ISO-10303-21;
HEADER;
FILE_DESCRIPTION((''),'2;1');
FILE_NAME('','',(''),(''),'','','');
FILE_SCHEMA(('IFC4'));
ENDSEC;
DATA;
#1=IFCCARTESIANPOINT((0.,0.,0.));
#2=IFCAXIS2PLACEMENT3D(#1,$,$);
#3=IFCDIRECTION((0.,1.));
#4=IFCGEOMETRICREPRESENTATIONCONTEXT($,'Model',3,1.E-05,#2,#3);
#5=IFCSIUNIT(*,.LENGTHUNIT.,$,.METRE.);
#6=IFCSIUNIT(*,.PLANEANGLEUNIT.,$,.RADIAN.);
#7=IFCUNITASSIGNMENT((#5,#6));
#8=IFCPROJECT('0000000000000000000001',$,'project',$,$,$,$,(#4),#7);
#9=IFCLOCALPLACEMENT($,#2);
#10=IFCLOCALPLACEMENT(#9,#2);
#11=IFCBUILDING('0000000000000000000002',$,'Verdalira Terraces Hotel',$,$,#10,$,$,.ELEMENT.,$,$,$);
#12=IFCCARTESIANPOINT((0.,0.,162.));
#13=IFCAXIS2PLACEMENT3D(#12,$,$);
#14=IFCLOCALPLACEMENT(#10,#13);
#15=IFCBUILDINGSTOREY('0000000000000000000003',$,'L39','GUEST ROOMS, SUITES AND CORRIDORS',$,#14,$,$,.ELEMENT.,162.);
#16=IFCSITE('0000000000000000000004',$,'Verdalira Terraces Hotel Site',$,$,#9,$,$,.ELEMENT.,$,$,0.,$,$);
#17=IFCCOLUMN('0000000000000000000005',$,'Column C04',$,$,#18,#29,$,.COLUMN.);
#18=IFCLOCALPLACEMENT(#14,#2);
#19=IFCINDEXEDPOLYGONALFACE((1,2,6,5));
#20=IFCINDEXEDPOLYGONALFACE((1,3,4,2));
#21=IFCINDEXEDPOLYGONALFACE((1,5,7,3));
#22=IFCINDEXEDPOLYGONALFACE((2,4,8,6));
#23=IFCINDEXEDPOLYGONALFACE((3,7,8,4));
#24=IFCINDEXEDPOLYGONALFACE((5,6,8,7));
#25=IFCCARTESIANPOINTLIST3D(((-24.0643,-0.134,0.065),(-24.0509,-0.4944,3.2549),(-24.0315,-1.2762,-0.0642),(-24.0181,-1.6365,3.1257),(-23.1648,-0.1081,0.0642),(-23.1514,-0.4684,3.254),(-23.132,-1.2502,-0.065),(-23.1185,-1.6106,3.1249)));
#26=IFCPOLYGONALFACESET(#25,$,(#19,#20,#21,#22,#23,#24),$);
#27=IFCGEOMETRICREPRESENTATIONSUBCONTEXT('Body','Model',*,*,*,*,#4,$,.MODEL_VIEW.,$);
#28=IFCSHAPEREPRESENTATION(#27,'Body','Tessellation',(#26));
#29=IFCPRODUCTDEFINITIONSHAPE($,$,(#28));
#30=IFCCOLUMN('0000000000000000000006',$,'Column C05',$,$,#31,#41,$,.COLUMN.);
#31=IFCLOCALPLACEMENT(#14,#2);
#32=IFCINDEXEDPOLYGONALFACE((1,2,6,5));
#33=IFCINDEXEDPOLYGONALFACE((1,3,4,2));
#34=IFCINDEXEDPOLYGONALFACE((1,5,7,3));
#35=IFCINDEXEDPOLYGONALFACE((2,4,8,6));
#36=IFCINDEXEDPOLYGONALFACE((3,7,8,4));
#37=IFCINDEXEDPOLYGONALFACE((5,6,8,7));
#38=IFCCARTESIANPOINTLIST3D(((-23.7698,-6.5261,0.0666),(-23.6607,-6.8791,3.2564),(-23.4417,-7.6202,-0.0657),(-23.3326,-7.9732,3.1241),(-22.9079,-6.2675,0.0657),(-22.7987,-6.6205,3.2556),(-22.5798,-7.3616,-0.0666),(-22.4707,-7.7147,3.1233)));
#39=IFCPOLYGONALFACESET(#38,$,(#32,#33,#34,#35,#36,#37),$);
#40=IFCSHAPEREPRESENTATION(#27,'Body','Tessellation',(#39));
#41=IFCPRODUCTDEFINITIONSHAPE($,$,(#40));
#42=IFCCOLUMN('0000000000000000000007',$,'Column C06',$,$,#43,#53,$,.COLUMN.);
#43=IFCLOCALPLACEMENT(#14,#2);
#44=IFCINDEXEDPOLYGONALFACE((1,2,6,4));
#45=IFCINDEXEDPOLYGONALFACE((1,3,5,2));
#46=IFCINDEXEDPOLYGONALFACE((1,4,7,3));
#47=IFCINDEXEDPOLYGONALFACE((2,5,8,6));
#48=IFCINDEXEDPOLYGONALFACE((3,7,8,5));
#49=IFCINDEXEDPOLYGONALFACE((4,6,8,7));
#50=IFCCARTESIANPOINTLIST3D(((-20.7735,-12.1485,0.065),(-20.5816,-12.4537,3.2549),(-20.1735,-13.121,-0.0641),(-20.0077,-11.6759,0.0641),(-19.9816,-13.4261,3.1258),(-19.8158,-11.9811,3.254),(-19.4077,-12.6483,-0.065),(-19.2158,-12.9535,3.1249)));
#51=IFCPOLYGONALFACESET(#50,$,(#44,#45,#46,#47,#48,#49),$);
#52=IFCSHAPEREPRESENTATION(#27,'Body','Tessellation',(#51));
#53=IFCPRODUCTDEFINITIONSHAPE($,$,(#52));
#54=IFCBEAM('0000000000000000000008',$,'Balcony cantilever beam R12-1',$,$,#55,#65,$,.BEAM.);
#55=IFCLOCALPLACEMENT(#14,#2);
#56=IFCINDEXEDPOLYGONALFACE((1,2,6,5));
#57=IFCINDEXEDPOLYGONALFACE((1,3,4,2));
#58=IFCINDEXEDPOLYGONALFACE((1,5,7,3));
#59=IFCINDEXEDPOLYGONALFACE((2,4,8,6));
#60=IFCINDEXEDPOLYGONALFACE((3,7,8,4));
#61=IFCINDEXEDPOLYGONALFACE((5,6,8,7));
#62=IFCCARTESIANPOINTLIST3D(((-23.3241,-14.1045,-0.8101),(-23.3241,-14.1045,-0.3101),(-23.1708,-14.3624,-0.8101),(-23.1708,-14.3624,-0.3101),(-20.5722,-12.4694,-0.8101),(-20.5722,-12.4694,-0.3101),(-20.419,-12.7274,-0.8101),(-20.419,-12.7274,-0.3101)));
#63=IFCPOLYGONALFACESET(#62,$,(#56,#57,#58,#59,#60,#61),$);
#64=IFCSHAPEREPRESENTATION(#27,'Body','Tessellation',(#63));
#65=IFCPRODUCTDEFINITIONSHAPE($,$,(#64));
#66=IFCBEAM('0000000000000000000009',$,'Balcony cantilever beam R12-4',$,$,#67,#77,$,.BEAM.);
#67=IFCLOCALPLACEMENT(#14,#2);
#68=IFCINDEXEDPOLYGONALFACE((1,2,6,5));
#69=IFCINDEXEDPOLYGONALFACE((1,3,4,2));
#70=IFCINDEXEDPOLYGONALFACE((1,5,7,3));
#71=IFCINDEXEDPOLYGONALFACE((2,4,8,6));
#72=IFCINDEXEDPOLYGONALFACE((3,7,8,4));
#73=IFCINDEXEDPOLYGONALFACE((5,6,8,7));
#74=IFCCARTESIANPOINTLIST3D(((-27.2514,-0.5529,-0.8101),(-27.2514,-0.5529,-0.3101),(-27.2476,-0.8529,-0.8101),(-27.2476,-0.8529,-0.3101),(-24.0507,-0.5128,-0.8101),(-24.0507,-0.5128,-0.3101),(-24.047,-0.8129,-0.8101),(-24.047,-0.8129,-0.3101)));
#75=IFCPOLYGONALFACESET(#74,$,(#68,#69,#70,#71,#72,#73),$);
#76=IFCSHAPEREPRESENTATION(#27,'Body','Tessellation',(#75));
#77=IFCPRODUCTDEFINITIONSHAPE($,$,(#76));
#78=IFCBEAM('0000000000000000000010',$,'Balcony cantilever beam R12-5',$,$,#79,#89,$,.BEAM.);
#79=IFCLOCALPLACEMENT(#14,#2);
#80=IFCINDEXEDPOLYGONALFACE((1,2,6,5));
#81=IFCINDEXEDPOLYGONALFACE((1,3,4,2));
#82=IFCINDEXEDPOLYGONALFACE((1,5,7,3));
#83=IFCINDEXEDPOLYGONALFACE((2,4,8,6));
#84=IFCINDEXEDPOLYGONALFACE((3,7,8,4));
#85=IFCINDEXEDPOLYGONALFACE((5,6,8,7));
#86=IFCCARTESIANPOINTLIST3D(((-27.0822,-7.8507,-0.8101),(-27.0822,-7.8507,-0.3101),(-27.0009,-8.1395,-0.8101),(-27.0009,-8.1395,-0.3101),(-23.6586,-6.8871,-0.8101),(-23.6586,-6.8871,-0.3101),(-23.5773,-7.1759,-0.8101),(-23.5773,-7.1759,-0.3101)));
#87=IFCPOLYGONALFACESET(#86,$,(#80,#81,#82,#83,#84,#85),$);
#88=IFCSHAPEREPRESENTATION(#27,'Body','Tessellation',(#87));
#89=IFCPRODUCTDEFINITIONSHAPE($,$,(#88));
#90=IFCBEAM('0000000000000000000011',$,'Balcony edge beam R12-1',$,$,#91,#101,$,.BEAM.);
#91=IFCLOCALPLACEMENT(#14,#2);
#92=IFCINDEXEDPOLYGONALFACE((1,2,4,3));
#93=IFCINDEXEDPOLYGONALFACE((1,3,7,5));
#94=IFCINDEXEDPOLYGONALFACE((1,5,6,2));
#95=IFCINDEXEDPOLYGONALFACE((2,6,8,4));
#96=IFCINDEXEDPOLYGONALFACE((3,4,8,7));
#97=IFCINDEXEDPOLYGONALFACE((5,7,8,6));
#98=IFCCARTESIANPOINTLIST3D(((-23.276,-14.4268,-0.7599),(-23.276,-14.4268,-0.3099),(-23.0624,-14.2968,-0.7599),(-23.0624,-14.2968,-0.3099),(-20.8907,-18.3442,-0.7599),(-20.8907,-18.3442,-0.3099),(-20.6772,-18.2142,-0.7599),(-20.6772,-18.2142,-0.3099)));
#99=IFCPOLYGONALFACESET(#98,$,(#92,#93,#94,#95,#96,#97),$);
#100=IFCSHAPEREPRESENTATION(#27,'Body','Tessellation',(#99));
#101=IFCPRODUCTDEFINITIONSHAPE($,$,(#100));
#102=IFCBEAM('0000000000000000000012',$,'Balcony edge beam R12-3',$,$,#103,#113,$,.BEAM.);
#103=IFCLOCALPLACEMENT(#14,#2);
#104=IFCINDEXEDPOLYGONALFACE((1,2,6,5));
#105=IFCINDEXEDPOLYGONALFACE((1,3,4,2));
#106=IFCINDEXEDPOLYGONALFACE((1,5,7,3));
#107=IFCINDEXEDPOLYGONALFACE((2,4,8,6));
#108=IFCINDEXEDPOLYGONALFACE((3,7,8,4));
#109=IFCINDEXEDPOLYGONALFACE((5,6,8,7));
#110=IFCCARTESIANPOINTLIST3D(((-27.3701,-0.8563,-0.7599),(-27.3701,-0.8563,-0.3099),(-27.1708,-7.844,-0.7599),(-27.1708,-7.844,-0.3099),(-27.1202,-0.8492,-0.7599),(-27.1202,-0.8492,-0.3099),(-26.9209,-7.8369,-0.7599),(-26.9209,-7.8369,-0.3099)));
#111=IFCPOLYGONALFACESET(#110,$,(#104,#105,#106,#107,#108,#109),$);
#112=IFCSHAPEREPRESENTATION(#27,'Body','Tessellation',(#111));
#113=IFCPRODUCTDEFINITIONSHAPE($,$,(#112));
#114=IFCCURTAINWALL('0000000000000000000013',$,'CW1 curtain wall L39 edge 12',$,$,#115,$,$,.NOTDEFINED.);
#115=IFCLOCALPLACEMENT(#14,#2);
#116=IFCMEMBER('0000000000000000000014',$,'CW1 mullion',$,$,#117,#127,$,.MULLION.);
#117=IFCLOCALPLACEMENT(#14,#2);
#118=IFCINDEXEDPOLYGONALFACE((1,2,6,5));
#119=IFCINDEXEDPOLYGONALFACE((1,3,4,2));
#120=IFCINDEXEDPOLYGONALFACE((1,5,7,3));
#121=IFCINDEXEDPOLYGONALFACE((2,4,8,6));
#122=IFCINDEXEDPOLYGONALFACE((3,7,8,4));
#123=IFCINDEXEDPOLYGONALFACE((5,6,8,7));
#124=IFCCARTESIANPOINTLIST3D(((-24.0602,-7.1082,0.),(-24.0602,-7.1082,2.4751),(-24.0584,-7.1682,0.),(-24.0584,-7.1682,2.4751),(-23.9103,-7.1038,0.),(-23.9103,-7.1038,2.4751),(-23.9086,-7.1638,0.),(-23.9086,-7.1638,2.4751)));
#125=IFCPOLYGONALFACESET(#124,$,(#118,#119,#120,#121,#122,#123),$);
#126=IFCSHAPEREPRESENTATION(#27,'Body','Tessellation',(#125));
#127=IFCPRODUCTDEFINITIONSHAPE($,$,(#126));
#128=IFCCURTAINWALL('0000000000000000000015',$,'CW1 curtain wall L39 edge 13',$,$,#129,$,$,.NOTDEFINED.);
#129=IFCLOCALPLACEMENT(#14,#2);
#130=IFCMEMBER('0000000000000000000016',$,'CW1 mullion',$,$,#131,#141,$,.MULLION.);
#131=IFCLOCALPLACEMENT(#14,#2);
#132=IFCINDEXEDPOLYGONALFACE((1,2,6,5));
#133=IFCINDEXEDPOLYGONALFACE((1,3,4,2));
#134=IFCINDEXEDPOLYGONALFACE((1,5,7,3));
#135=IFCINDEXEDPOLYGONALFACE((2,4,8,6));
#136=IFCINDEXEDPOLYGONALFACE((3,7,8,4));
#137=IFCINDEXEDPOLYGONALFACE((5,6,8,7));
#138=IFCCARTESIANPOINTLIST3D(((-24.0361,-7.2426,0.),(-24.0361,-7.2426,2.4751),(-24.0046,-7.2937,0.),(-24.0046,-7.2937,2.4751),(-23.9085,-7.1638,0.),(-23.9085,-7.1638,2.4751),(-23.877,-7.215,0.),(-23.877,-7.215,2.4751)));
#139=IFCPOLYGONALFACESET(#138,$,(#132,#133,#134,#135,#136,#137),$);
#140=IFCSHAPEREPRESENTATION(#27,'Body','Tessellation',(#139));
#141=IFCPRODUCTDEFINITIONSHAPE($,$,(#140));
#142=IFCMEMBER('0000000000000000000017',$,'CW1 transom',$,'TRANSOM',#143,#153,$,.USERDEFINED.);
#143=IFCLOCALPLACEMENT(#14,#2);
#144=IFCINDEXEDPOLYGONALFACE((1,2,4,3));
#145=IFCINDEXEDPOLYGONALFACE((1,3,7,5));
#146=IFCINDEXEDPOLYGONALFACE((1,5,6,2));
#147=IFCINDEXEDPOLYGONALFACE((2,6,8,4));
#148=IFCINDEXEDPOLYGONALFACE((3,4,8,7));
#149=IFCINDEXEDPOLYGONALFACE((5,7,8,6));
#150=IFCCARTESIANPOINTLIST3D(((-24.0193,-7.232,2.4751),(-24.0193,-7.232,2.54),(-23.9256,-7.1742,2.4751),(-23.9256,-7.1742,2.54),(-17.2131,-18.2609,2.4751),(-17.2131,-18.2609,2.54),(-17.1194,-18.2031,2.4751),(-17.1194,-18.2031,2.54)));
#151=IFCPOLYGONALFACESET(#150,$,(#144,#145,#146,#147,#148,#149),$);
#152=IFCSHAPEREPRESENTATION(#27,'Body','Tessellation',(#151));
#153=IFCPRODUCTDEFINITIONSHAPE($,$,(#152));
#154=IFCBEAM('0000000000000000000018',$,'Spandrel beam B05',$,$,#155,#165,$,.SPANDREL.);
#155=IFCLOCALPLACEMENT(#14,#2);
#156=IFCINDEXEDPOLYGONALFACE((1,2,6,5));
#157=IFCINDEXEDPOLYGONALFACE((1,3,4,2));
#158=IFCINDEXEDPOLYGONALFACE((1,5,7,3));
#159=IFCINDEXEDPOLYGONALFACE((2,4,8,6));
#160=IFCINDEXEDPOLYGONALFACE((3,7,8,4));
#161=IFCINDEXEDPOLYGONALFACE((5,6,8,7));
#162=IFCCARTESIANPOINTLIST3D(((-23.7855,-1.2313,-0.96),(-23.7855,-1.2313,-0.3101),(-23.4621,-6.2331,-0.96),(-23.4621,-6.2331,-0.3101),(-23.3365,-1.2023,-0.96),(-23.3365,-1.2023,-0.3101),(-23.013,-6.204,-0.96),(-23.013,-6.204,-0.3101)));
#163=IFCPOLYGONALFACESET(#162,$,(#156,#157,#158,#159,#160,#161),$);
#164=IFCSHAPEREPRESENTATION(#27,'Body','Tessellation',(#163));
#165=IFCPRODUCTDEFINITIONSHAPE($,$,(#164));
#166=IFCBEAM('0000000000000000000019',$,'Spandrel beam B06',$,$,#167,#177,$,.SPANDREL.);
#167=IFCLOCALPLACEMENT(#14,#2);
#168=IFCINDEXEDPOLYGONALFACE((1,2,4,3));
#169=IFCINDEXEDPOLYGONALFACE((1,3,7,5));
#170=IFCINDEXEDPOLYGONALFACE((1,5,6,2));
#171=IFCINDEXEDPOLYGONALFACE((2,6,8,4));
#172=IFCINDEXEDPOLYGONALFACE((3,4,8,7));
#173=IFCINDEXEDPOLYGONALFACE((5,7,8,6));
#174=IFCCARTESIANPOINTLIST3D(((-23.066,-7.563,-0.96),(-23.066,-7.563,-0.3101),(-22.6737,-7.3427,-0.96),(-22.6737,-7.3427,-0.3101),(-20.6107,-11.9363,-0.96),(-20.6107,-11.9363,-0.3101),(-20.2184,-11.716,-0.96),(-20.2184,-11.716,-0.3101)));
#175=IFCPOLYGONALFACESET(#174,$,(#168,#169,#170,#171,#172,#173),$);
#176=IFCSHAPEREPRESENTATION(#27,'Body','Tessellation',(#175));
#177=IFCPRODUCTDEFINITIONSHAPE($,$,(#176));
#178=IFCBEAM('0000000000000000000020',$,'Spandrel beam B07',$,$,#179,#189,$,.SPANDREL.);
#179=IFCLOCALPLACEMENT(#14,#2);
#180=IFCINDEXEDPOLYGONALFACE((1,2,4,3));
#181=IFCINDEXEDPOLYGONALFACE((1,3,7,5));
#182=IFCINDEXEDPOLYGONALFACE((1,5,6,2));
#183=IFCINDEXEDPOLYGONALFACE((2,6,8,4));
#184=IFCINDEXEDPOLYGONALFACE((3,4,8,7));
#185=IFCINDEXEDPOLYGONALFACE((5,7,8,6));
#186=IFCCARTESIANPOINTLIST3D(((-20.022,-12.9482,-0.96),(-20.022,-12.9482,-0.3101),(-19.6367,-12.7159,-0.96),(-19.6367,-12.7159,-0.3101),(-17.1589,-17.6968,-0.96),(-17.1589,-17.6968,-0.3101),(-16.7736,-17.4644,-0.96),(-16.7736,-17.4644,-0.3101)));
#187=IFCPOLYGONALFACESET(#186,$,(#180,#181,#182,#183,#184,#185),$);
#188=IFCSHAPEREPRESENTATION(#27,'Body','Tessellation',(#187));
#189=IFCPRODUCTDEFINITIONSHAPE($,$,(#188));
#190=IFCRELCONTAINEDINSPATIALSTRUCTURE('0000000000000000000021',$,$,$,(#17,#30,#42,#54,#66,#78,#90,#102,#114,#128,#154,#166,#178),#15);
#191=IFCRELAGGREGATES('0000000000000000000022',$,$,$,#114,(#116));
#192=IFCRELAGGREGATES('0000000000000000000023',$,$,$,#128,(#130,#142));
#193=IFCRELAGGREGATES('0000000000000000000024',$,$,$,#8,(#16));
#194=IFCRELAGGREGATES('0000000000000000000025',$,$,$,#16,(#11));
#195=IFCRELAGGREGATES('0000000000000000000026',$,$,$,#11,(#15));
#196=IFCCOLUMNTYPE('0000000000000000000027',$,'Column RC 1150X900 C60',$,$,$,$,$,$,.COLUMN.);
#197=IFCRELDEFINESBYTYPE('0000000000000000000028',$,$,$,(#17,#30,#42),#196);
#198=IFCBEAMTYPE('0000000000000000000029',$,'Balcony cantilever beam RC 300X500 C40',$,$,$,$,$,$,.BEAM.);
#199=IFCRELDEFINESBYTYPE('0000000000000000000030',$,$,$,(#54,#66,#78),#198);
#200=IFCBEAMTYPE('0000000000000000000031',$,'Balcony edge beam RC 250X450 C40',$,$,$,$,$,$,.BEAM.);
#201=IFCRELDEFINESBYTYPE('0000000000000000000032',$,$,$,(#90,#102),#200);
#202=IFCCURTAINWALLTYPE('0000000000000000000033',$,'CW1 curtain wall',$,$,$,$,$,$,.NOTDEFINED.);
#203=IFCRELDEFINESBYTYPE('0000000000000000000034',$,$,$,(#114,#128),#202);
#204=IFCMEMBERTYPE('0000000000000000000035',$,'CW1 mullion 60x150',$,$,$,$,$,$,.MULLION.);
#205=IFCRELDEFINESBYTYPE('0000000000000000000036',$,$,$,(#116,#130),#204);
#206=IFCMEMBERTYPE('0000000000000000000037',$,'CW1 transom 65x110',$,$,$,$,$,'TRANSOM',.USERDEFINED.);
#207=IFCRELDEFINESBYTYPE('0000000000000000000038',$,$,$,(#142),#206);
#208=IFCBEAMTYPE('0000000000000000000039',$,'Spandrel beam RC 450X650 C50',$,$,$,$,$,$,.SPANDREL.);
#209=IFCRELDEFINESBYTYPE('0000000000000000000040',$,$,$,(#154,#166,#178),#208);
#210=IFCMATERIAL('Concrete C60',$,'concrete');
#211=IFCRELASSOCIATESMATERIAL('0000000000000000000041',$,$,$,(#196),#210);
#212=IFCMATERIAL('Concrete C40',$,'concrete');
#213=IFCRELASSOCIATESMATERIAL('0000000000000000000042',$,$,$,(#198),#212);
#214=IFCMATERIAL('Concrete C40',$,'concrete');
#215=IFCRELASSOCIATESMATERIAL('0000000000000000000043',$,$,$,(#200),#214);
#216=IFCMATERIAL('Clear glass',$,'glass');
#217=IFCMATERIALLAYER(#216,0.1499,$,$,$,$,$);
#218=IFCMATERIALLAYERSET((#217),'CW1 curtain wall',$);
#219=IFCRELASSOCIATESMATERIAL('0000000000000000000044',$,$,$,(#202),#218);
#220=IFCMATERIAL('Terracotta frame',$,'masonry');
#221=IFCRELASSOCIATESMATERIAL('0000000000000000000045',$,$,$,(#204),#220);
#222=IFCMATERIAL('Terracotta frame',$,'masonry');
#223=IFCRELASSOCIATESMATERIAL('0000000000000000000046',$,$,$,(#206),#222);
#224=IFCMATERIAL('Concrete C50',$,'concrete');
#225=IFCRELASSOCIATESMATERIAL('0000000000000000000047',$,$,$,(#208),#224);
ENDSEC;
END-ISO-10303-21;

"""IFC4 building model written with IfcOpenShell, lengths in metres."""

from ifc_helpers import new_model, si_unit, direction, frame, origin, origin_2d, place, context, subcontext, project, spatial, rectangle, extrude, material, layer, layer_set, material_profile, profile_set, type_object, element, aggregate, save


model = new_model("IFC4")

# Units and contexts
model_context = context("Model", 3, precision=1e-05, world=origin(), true_north=direction((0.0, 1.0)))
body_context = subcontext(model_context, "Body", "Model", "MODEL_VIEW")
ifc_project = project(units=[si_unit("LENGTHUNIT", "METRE"), si_unit("PLANEANGLEUNIT", "RADIAN")], contexts=[model_context])

# Site, building, storey
site_placement = place(None, origin())
site = spatial("IfcSite", under=ifc_project, at=site_placement, Name="Verdalira Terraces Hotel Site", CompositionType="ELEMENT", RefElevation=0.0)
building_placement = place(site_placement, origin())
building = spatial("IfcBuilding", under=site, at=building_placement, Name="Verdalira Terraces Hotel", CompositionType="ELEMENT")
storey_placement = place(building_placement, frame((0.0, 0.0, 162.0)))
storey = spatial("IfcBuildingStorey", under=building, at=storey_placement, Name="L39", Description="GUEST ROOMS, SUITES AND CORRIDORS", CompositionType="ELEMENT", Elevation=162.0)

# Columns
ifc_material_1 = material(Name="Concrete C60", Category="concrete")
ifc_material_profile_1 = material_profile(ifc_material_1, rectangle(XDim=1.1499, YDim=0.8999, at=origin_2d()), Name="RC 1150X900")
ifc_profile_set_1 = profile_set([ifc_material_profile_1], Name="Concrete C60")
column_type = type_object("IfcColumnType", Name="Column RC 1150X900 C60", PredefinedType="COLUMN", material=ifc_profile_set_1)
column_1_placement = place(storey_placement, frame((-23.5981, -0.6921, 0.0), z_axis=(0.004183, -0.11225, 0.993671), x_axis=(0.028574, -0.993261, -0.112324)))
element("IfcColumn", 1, at=column_1_placement, inside=storey, type_object=column_type, Name="Column C04", PredefinedType="COLUMN", context=body_context, shape_type="SweptSolid", body=[
    extrude(rectangle(XDim=1.1499, YDim=0.8999, at=origin_2d()), origin(), (0.0, 0.0, 1.0), 3.2102),
])
column_2_placement = place(storey_placement, frame((-23.1748, -6.9438, 0.0), z_axis=(0.033984, -0.109934, 0.993358), x_axis=(-0.28531, 0.951503, 0.115063)))
element("IfcColumn", 2, at=column_2_placement, inside=storey, type_object=column_type, Name="Column C05", PredefinedType="COLUMN", context=body_context, shape_type="SweptSolid", body=[
    extrude(rectangle(XDim=1.1499, YDim=0.8999, at=origin_2d()), origin(), (0.0, 0.0, 1.0), 3.2112),
])
column_3_placement = place(storey_placement, frame((-20.0906, -12.3984, 0.0), z_axis=(0.059776, -0.095063, 0.993675), x_axis=(0.521787, -0.845653, -0.112291)))
element("IfcColumn", 3, at=column_3_placement, inside=storey, type_object=column_type, Name="Column C06", PredefinedType="COLUMN", context=body_context, shape_type="SweptSolid", body=[
    extrude(rectangle(XDim=1.1499, YDim=0.8999, at=origin_2d()), origin(), (0.0, 0.0, 1.0), 3.2102),
])

# Beams
ifc_material_2 = material(Name="Concrete C40", Category="concrete")
ifc_material_profile_2 = material_profile(ifc_material_2, rectangle(XDim=0.3, YDim=0.5, at=origin_2d()), Name="RC 300X500")
ifc_profile_set_2 = profile_set([ifc_material_profile_2], Name="Concrete C40")
beam_type_1 = type_object("IfcBeamType", Name="Balcony cantilever beam RC 300X500 C40", PredefinedType="BEAM", material=ifc_profile_set_2)
for number, where, z_axis, x_axis, name in (
    (4, (-20.4956, -12.5984, -0.5601), (-0.859693, -0.510812, 0.0), (0.510812, -0.859693, 0.0), "Balcony cantilever beam R12-1"),
    (5, (-24.0488, -0.6628, -0.5601), (-0.999922, -0.012509, 0.0), (0.012509, -0.999922, 0.0), "Balcony cantilever beam R12-4"),
):
    element("IfcBeam", number, at=place(storey_placement, frame(where, z_axis=z_axis, x_axis=x_axis)), inside=storey, type_object=beam_type_1, Name=name, PredefinedType="BEAM", context=body_context, shape_type="SweptSolid", body=[
        extrude(rectangle(XDim=0.3, YDim=0.5, at=origin_2d()), origin(), (0.0, 0.0, 1.0), 3.2009),
    ])
beam_1_placement = place(storey_placement, frame((-23.6179, -7.0315, -0.5601), z_axis=(-0.962597, -0.270938, 0.0), x_axis=(0.270938, -0.962597, 0.0)))
element("IfcBeam", 6, at=beam_1_placement, inside=storey, type_object=beam_type_1, Name="Balcony cantilever beam R12-5", PredefinedType="BEAM", context=body_context, shape_type="SweptSolid", body=[
    extrude(rectangle(XDim=0.3, YDim=0.5, at=origin_2d()), origin(), (0.0, 0.0, 1.0), 3.5566),
])
ifc_material_3 = material(Name="Concrete C40", Category="concrete")
ifc_material_profile_3 = material_profile(ifc_material_3, rectangle(XDim=0.25, YDim=0.45, at=origin_2d()), Name="RC 250X450")
ifc_profile_set_3 = profile_set([ifc_material_profile_3], Name="Concrete C40")
beam_type_2 = type_object("IfcBeamType", Name="Balcony edge beam RC 250X450 C40", PredefinedType="BEAM", material=ifc_profile_set_3)
beam_2_placement = place(storey_placement, frame((-23.1692, -14.3618, -0.5349), z_axis=(0.520058, -0.854131, 0.0), x_axis=(0.854131, 0.520058, 0.0)))
element("IfcBeam", 7, at=beam_2_placement, inside=storey, type_object=beam_type_2, Name="Balcony edge beam R12-1", PredefinedType="BEAM", context=body_context, shape_type="SweptSolid", body=[
    extrude(rectangle(XDim=0.25, YDim=0.45, at=origin_2d()), origin(), (0.0, 0.0, 1.0), 4.5864),
])
beam_3_placement = place(storey_placement, frame((-27.2451, -0.8528, -0.5349), z_axis=(0.028499, -0.999594, 0.0), x_axis=(0.999594, 0.028499, 0.0)))
element("IfcBeam", 8, at=beam_3_placement, inside=storey, type_object=beam_type_2, Name="Balcony edge beam R12-3", PredefinedType="BEAM", context=body_context, shape_type="SweptSolid", body=[
    extrude(rectangle(XDim=0.25, YDim=0.45, at=origin_2d()), origin(), (0.0, 0.0, 1.0), 6.9905),
])

# Curtain wall, member
ifc_material_4 = material(Name="Clear glass", Category="glass")
ifc_layer_1 = layer(ifc_material_4, 0.1499)
ifc_layer_set_1 = layer_set([ifc_layer_1], Name="CW1 curtain wall")
curtain_wall_type = type_object("IfcCurtainWallType", Name="CW1 curtain wall", PredefinedType="NOTDEFINED", material=ifc_layer_set_1)
curtain_wall_1_placement = place(storey_placement, origin())
curtain_wall_1 = element("IfcCurtainWall", 9, at=curtain_wall_1_placement, inside=storey, type_object=curtain_wall_type, Name="CW1 curtain wall L39 edge 12", PredefinedType="NOTDEFINED")
ifc_material_5 = material(Name="Terracotta frame", Category="masonry")
ifc_material_profile_4 = material_profile(ifc_material_5, rectangle(XDim=0.0601, YDim=0.1499, at=origin_2d()), Name="MU 60x150")
ifc_profile_set_4 = profile_set([ifc_material_profile_4], Name="Terracotta frame")
member_type_1 = type_object("IfcMemberType", Name="CW1 mullion 60x150", PredefinedType="MULLION", material=ifc_profile_set_4)
member_1_placement = place(storey_placement, frame((-23.9844, -7.136, 0.0), z_axis=(0.0, 0.0, 1.0), x_axis=(0.029317, -0.99957, 0.0)))
member_1 = element("IfcMember", 10, at=member_1_placement, type_object=member_type_1, Name="CW1 mullion", PredefinedType="MULLION", context=body_context, shape_type="SweptSolid", body=[
    extrude(rectangle(XDim=0.0601, YDim=0.1499, at=origin_2d()), origin(), (0.0, 0.0, 1.0), 2.4751),
])

# Curtain wall, members
curtain_wall_2_placement = place(storey_placement, origin())
curtain_wall_2 = element("IfcCurtainWall", 11, at=curtain_wall_2_placement, inside=storey, type_object=curtain_wall_type, Name="CW1 curtain wall L39 edge 13", PredefinedType="NOTDEFINED")
member_2_placement = place(storey_placement, frame((-23.9565, -7.2288, 0.0), z_axis=(0.0, 0.0, 1.0), x_axis=(0.525175, -0.850994, 0.0)))
member_2 = element("IfcMember", 12, at=member_2_placement, type_object=member_type_1, Name="CW1 mullion", PredefinedType="MULLION", context=body_context, shape_type="SweptSolid", body=[
    extrude(rectangle(XDim=0.0601, YDim=0.1499, at=origin_2d()), origin(), (0.0, 0.0, 1.0), 2.4751),
])
ifc_material_6 = material(Name="Terracotta frame", Category="masonry")
ifc_material_profile_5 = material_profile(ifc_material_6, rectangle(XDim=0.1101, YDim=0.0649, at=origin_2d()), Name="TR 65x110")
ifc_profile_set_5 = profile_set([ifc_material_profile_5], Name="Terracotta frame")
member_type_2 = type_object("IfcMemberType", Name="CW1 transom 65x110", ElementType="TRANSOM", PredefinedType="USERDEFINED", material=ifc_profile_set_5)
member_3_placement = place(storey_placement, frame((-23.9724, -7.2031, 2.5076), z_axis=(0.525171, -0.850997, 0.0), x_axis=(0.850997, 0.525171, 0.0)))
member_3 = element("IfcMember", 13, at=member_3_placement, type_object=member_type_2, Name="CW1 transom", ObjectType="TRANSOM", PredefinedType="USERDEFINED", context=body_context, shape_type="SweptSolid", body=[
    extrude(rectangle(XDim=0.1101, YDim=0.0649, at=origin_2d()), origin(), (0.0, 0.0, 1.0), 12.96),
])

# Beams
ifc_material_7 = material(Name="Concrete C50", Category="concrete")
ifc_material_profile_6 = material_profile(ifc_material_7, rectangle(XDim=0.45, YDim=0.6499, at=origin_2d()), Name="RC 450X650")
ifc_profile_set_6 = profile_set([ifc_material_profile_6], Name="Concrete C50")
beam_type_3 = type_object("IfcBeamType", Name="Spandrel beam RC 450X650 C50", PredefinedType="SPANDREL", material=ifc_profile_set_6)
beam_4_placement = place(storey_placement, frame((-23.561, -1.2168, -0.635), z_axis=(0.06454, -0.997915, 0.0), x_axis=(0.997915, 0.06454, 0.0)))
element("IfcBeam", 14, at=beam_4_placement, inside=storey, type_object=beam_type_3, Name="Spandrel beam B05", PredefinedType="SPANDREL", context=body_context, shape_type="SweptSolid", body=[
    extrude(rectangle(XDim=0.45, YDim=0.6499, at=origin_2d()), origin(), (0.0, 0.0, 1.0), 5.0122),
])
beam_5_placement = place(storey_placement, frame((-22.8699, -7.4529, -0.635), z_axis=(0.489556, -0.871972, 0.0), x_axis=(0.871972, 0.489556, 0.0)))
element("IfcBeam", 15, at=beam_5_placement, inside=storey, type_object=beam_type_3, Name="Spandrel beam B06", PredefinedType="SPANDREL", context=body_context, shape_type="SweptSolid", body=[
    extrude(rectangle(XDim=0.45, YDim=0.6499, at=origin_2d()), origin(), (0.0, 0.0, 1.0), 5.0154),
])
beam_6_placement = place(storey_placement, frame((-19.8293, -12.832, -0.635), z_axis=(0.51634, -0.856384, 0.0), x_axis=(0.856384, 0.51634, 0.0)))
element("IfcBeam", 16, at=beam_6_placement, inside=storey, type_object=beam_type_3, Name="Spandrel beam B07", PredefinedType="SPANDREL", context=body_context, shape_type="SweptSolid", body=[
    extrude(rectangle(XDim=0.45, YDim=0.6499, at=origin_2d()), origin(), (0.0, 0.0, 1.0), 5.5449),
])

aggregate(curtain_wall_1, [member_1])
aggregate(curtain_wall_2, [member_2, member_3])

save(model, "model.ifc")
